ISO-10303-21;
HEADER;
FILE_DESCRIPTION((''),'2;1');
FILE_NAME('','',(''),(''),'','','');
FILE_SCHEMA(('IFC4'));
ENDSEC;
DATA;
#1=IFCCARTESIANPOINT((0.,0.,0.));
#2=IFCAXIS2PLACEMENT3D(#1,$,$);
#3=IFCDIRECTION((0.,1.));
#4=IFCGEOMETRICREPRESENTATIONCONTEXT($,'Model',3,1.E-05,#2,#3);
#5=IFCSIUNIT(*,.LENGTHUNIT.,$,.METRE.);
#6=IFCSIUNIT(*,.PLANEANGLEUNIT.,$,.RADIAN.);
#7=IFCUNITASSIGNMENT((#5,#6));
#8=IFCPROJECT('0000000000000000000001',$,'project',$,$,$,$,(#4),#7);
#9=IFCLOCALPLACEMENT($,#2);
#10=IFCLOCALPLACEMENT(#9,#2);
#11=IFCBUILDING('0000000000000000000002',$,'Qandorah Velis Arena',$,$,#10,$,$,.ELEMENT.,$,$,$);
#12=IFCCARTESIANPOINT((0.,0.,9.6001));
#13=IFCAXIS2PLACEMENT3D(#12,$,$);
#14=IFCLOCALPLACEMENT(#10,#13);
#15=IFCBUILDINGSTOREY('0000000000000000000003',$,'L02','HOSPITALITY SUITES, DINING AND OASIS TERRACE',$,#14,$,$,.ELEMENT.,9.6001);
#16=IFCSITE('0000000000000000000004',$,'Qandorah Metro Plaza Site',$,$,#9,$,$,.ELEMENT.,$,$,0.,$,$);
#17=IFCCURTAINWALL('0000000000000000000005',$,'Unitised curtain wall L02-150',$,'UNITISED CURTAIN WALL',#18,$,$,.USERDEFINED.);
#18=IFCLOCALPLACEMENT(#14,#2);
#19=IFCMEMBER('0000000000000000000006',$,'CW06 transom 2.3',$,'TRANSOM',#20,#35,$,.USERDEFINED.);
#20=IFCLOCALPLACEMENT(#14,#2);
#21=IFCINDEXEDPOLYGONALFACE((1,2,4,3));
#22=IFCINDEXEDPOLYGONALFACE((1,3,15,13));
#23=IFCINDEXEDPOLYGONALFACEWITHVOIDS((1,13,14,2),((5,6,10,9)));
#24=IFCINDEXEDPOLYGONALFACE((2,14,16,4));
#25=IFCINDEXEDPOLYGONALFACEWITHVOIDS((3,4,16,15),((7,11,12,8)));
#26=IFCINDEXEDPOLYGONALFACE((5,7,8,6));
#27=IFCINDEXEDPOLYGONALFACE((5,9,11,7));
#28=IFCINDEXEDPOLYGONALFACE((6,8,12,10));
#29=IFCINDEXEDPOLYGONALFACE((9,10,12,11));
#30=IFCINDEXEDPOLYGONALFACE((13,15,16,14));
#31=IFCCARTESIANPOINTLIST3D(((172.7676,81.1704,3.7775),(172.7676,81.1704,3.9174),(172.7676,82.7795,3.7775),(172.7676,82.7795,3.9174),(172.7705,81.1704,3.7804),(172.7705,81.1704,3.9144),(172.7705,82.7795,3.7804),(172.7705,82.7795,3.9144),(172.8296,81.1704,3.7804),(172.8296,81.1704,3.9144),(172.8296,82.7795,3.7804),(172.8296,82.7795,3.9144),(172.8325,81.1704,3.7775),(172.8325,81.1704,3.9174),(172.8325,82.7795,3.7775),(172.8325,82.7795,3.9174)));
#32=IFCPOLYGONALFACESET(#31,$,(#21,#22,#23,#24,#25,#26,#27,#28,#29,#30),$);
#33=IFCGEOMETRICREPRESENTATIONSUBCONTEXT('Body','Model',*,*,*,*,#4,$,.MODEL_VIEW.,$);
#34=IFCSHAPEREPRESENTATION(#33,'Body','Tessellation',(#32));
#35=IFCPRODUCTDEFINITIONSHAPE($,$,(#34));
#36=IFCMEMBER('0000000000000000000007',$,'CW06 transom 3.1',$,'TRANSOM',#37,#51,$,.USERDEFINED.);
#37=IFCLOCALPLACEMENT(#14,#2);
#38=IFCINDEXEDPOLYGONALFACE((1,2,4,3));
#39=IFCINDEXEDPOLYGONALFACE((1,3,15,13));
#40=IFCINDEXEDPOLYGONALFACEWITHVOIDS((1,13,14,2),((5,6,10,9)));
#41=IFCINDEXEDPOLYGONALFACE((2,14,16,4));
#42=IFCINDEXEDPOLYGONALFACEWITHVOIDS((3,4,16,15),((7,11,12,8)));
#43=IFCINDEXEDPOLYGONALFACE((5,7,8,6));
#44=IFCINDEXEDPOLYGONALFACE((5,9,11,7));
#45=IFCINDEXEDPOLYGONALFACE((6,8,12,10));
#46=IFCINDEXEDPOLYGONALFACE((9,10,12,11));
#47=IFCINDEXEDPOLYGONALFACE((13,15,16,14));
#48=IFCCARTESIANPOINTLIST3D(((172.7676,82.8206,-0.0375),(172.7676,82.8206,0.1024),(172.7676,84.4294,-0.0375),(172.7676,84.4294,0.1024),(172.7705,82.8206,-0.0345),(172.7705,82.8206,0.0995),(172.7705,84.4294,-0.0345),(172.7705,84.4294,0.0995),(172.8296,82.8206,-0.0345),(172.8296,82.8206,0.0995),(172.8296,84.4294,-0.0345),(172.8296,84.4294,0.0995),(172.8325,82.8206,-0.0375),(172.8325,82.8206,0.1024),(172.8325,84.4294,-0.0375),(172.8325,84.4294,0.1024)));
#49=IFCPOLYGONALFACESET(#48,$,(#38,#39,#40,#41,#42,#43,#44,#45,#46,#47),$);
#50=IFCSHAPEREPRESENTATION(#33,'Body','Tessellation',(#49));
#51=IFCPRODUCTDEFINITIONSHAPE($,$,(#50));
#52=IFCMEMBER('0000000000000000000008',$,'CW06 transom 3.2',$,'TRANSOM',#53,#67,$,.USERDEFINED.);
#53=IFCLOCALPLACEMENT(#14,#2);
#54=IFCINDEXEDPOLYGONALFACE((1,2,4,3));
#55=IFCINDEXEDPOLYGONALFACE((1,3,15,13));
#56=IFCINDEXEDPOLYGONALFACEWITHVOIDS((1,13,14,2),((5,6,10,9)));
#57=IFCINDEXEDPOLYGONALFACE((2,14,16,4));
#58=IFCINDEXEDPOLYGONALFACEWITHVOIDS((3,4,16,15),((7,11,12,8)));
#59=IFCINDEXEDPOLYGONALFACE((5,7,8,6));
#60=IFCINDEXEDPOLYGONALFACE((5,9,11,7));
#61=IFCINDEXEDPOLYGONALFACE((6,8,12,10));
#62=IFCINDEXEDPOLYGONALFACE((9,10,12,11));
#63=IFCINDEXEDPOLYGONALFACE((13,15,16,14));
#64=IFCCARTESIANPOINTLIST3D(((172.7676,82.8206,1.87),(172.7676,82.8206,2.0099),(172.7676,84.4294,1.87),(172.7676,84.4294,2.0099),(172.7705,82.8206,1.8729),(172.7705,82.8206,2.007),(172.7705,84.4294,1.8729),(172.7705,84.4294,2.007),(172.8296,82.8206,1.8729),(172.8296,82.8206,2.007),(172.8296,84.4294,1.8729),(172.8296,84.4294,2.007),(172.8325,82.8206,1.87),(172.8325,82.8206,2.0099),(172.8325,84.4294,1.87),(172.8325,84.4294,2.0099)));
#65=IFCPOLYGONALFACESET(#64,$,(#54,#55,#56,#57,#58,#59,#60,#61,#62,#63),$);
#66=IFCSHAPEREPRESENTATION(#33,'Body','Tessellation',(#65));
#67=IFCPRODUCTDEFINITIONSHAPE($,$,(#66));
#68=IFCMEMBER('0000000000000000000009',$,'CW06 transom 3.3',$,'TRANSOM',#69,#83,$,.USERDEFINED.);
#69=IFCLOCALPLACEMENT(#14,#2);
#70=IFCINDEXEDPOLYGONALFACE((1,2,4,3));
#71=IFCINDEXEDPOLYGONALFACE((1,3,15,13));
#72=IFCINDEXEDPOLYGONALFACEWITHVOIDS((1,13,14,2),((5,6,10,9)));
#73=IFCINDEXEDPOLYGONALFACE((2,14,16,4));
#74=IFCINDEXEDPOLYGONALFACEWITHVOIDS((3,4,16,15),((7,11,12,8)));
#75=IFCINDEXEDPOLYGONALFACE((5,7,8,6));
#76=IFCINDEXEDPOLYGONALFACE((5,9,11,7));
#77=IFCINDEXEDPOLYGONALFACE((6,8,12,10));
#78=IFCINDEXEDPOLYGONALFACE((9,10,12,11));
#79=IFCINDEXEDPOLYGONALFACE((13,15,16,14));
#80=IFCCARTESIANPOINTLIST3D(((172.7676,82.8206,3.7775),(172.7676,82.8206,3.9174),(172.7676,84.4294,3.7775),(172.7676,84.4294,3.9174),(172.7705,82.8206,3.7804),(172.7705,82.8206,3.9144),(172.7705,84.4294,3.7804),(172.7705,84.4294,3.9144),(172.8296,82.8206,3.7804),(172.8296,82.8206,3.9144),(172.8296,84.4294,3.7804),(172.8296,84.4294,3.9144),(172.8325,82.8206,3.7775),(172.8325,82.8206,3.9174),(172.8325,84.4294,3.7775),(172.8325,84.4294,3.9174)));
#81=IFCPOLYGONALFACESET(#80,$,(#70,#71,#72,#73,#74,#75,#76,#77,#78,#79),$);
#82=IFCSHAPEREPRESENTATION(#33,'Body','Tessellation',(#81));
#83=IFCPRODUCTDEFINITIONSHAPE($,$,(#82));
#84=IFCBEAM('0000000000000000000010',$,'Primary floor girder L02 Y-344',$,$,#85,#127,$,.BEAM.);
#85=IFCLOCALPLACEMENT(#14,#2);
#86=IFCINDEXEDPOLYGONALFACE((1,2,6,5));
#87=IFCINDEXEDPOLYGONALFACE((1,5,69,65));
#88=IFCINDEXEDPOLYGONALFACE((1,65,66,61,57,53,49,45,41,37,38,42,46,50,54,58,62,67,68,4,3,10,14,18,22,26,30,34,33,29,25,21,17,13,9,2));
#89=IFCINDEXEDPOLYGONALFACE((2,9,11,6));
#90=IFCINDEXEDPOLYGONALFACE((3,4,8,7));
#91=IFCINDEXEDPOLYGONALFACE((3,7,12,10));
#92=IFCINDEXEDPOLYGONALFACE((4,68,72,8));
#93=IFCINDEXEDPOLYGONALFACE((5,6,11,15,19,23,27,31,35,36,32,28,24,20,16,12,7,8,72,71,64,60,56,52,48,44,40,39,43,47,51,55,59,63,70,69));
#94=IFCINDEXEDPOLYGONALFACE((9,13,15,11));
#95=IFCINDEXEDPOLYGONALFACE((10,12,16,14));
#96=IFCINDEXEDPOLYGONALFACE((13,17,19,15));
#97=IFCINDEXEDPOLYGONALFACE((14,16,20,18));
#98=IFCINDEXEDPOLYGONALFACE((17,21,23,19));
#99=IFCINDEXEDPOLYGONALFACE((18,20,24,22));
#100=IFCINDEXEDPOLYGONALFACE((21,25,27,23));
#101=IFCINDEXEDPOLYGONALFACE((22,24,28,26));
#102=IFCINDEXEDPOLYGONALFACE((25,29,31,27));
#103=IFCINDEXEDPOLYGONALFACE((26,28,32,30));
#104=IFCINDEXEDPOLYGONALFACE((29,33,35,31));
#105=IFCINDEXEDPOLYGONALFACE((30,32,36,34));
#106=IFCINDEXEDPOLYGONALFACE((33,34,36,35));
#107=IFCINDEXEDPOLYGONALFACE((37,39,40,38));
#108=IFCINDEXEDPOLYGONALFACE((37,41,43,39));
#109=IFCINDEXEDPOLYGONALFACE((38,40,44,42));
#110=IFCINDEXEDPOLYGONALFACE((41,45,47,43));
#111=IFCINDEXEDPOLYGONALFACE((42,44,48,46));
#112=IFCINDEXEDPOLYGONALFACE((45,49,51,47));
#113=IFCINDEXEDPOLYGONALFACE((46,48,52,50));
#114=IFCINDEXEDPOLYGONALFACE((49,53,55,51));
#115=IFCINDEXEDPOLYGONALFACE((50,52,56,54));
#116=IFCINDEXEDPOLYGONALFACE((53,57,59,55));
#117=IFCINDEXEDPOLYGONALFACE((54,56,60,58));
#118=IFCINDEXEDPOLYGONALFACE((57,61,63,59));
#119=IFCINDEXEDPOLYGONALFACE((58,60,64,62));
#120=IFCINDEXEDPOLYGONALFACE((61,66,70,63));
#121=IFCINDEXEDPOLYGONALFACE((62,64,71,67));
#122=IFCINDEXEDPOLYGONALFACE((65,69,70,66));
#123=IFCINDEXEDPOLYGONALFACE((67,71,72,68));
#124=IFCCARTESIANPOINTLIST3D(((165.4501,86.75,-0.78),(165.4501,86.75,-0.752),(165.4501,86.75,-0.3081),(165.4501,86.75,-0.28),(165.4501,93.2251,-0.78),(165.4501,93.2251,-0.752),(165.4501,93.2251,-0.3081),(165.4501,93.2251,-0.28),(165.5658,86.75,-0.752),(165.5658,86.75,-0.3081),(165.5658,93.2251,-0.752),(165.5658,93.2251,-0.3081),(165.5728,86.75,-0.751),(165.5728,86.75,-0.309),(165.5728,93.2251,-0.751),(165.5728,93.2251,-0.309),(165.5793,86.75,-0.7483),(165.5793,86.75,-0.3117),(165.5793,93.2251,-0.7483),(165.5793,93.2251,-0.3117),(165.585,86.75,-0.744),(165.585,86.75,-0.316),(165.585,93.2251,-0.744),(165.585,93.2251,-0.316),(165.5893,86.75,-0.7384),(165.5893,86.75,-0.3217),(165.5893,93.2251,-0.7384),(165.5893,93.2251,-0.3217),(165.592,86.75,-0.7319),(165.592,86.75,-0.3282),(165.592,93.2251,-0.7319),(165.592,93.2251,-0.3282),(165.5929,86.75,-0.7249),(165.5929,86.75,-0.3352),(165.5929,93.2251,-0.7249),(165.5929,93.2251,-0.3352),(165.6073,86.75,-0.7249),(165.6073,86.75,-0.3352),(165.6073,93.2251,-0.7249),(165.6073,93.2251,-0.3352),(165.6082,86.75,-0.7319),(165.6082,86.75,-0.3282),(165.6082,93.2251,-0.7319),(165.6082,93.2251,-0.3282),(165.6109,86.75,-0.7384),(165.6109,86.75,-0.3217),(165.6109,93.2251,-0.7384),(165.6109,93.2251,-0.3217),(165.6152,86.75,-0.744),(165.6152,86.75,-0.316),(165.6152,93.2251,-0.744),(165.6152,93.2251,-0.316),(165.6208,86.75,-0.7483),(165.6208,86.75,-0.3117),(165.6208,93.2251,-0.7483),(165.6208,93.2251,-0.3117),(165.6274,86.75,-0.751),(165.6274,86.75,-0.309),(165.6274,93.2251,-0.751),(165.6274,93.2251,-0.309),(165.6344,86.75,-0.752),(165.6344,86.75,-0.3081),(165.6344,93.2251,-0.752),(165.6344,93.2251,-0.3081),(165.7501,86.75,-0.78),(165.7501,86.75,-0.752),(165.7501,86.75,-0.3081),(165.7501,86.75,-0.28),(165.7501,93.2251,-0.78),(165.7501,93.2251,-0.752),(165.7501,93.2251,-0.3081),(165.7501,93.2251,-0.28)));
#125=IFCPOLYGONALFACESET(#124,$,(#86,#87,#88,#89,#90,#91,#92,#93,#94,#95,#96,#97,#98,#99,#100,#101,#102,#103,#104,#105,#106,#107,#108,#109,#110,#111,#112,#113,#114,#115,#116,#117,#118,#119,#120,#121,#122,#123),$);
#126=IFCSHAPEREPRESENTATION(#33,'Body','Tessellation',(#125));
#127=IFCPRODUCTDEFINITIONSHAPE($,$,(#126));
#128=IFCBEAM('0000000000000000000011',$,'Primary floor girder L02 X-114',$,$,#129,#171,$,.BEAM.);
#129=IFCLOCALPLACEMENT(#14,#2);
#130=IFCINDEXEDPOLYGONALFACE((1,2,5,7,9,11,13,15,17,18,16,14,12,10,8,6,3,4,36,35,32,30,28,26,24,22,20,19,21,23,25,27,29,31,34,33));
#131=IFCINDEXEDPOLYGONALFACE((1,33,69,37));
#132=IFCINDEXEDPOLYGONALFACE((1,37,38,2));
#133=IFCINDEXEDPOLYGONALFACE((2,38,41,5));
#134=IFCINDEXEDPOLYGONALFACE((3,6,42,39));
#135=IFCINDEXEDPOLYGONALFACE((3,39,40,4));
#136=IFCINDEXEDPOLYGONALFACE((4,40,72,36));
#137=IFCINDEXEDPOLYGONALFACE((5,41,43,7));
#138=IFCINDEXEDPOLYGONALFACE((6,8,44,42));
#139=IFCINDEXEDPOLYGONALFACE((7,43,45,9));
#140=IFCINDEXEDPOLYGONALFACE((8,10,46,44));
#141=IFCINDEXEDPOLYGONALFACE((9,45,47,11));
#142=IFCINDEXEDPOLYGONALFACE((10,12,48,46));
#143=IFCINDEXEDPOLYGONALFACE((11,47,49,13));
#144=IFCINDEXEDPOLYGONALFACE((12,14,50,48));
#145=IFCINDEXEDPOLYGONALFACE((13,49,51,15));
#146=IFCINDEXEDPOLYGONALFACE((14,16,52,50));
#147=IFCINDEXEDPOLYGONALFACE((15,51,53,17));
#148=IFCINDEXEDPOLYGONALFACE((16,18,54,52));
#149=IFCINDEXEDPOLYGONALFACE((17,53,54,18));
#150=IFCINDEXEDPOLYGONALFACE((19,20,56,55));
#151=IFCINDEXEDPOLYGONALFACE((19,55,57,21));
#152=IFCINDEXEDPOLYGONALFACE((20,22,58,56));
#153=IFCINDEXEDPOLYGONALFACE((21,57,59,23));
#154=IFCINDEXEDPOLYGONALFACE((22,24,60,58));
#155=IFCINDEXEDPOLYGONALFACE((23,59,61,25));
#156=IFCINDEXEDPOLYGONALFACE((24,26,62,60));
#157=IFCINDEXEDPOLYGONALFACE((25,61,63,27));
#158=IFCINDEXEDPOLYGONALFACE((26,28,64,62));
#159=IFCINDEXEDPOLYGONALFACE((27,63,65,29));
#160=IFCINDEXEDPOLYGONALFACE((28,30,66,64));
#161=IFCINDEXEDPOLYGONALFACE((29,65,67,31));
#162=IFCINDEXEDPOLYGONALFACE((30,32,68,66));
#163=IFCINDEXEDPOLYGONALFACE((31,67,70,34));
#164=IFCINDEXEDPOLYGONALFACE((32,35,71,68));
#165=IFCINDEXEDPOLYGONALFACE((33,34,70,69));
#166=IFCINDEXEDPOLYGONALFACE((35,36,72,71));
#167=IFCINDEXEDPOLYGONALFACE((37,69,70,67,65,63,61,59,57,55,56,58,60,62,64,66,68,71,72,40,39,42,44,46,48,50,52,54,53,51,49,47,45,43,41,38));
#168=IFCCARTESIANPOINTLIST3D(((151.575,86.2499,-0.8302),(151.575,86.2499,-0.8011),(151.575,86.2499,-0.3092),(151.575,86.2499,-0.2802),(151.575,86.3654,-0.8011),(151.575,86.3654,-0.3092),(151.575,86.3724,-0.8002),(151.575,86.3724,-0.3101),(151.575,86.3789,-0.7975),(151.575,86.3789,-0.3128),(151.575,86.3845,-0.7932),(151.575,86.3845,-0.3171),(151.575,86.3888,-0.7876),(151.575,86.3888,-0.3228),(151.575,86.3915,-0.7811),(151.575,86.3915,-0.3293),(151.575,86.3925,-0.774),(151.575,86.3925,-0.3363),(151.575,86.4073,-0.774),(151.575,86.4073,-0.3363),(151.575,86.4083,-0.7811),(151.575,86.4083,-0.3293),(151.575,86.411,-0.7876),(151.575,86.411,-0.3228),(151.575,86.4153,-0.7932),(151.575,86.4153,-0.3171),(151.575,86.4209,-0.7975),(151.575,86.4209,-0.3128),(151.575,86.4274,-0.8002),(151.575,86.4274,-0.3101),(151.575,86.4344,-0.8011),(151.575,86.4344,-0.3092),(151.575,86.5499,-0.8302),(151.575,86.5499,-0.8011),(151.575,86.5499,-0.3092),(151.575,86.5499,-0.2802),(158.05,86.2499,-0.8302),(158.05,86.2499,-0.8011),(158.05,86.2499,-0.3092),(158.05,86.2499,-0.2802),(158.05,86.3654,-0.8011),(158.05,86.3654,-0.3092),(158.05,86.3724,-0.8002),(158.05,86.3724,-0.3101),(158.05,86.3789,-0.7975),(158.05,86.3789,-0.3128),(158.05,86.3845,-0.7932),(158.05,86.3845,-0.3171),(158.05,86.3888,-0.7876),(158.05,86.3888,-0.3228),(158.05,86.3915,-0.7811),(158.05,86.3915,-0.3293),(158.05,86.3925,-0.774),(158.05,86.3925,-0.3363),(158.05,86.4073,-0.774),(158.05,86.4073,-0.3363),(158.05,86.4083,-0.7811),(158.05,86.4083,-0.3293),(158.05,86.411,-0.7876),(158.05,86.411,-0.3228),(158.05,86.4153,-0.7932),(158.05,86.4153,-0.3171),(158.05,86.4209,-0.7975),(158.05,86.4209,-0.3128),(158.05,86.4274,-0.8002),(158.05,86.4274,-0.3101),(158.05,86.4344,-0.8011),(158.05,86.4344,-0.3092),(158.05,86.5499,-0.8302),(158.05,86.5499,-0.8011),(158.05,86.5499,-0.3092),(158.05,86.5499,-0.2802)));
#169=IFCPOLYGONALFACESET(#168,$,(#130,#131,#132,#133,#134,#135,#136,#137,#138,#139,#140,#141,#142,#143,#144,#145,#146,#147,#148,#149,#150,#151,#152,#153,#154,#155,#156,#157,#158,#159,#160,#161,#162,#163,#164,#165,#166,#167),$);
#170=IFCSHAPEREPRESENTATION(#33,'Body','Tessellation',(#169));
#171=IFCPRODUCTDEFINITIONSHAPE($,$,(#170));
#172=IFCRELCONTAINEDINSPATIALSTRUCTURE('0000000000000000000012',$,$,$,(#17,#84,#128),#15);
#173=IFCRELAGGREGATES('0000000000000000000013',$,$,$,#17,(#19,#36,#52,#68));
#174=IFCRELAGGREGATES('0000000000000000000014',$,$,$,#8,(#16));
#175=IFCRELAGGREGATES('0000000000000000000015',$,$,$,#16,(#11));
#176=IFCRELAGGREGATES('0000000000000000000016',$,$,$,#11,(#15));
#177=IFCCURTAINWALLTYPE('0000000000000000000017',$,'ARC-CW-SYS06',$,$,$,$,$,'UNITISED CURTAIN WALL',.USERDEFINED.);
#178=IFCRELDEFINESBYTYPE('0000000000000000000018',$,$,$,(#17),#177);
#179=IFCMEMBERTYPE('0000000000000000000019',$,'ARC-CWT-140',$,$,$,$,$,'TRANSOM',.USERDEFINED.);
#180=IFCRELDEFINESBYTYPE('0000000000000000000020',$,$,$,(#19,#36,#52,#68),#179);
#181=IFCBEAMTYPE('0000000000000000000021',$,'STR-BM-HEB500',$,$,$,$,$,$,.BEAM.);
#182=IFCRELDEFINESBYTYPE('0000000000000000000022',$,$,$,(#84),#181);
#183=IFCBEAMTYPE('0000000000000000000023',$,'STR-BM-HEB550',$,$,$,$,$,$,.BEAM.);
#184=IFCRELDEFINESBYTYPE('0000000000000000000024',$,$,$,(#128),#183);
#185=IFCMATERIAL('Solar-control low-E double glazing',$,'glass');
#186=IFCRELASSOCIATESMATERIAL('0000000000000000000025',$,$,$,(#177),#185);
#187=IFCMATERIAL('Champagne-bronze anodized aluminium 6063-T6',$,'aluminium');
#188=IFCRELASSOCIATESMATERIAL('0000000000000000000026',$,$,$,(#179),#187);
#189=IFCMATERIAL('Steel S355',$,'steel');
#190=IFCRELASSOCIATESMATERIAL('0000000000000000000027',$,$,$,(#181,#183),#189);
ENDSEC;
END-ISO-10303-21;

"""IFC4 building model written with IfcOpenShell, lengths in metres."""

from ifc_helpers import new_model, si_unit, direction, frame, origin, origin_2d, place, context, subcontext, project, spatial, hollow_rectangle, i_section, extrude, material, material_profile, profile_set, type_object, element, aggregate, save


model = new_model("IFC4")

# Units and contexts
model_context = context("Model", 3, precision=1e-05, world=origin(), true_north=direction((0.0, 1.0)))
body_context = subcontext(model_context, "Body", "Model", "MODEL_VIEW")
ifc_project = project(units=[si_unit("LENGTHUNIT", "METRE"), si_unit("PLANEANGLEUNIT", "RADIAN")], contexts=[model_context])

# Site, building, storey
site_placement = place(None, origin())
site = spatial("IfcSite", under=ifc_project, at=site_placement, Name="Qandorah Metro Plaza Site", CompositionType="ELEMENT", RefElevation=0.0)
building_placement = place(site_placement, origin())
building = spatial("IfcBuilding", under=site, at=building_placement, Name="Qandorah Velis Arena", CompositionType="ELEMENT")
storey_placement = place(building_placement, frame((0.0, 0.0, 9.6001)))
storey = spatial("IfcBuildingStorey", under=building, at=storey_placement, Name="L02", Description="HOSPITALITY SUITES, DINING AND OASIS TERRACE", CompositionType="ELEMENT", Elevation=9.6001)

# Shared definitions
ifc_material_1 = material(Name="Solar-control low-E double glazing", Category="glass")
ifc_material_2 = material(Name="Champagne-bronze anodized aluminium 6063-T6", Category="aluminium")

# Curtain wall
curtain_wall_type_1 = type_object("IfcCurtainWallType", Name="ARC-CW-SYS06", ElementType="UNITISED CURTAIN WALL", PredefinedType="USERDEFINED", material=ifc_material_1)
curtain_wall_1_placement = place(storey_placement, origin())
curtain_wall_1 = element("IfcCurtainWall", 1, at=curtain_wall_1_placement, inside=storey, type_object=curtain_wall_type_1, Name="Unitised curtain wall L02-150", ObjectType="UNITISED CURTAIN WALL", PredefinedType="USERDEFINED")

# Members
ifc_material_profile_1 = material_profile(ifc_material_2, hollow_rectangle(XDim=0.0649, YDim=0.1399, WallThickness=0.0029, at=origin_2d()), Name="ALU TRANSOM 65x140")
ifc_profile_set_1 = profile_set([ifc_material_profile_1], Name="Champagne-bronze anodized aluminium 6063-T6")
member_type_1 = type_object("IfcMemberType", Name="ARC-CWT-140", ElementType="TRANSOM", PredefinedType="USERDEFINED", material=ifc_profile_set_1)
member_1_placement = place(storey_placement, frame((172.8, 81.1704, 3.8474), z_axis=(0.0, 1.0, 0.0), x_axis=(-1.0, 0.0, 0.0)))
member_1 = element("IfcMember", 2, at=member_1_placement, type_object=member_type_1, Name="CW06 transom 2.3", ObjectType="TRANSOM", PredefinedType="USERDEFINED", context=body_context, shape_type="SweptSolid", body=[
    extrude(hollow_rectangle(XDim=0.0649, YDim=0.1399, WallThickness=0.0029, at=origin_2d()), origin(), (0.0, 0.0, 1.0), 1.6091),
])
member_2_placement = place(storey_placement, frame((172.8, 82.8206, 0.0325), z_axis=(0.0, 1.0, 0.0), x_axis=(-1.0, 0.0, 0.0)))
member_2 = element("IfcMember", 3, at=member_2_placement, type_object=member_type_1, Name="CW06 transom 3.1", ObjectType="TRANSOM", PredefinedType="USERDEFINED", context=body_context, shape_type="SweptSolid", body=[
    extrude(hollow_rectangle(XDim=0.0649, YDim=0.1399, WallThickness=0.0029, at=origin_2d()), origin(), (0.0, 0.0, 1.0), 1.6089),
])
member_3_placement = place(storey_placement, frame((172.8, 82.8206, 1.9399), z_axis=(0.0, 1.0, 0.0), x_axis=(-1.0, 0.0, 0.0)))
member_3 = element("IfcMember", 4, at=member_3_placement, type_object=member_type_1, Name="CW06 transom 3.2", ObjectType="TRANSOM", PredefinedType="USERDEFINED", context=body_context, shape_type="SweptSolid", body=[
    extrude(hollow_rectangle(XDim=0.0649, YDim=0.1399, WallThickness=0.0029, at=origin_2d()), origin(), (0.0, 0.0, 1.0), 1.6089),
])
member_4_placement = place(storey_placement, frame((172.8, 82.8206, 3.8474), z_axis=(0.0, 1.0, 0.0), x_axis=(-1.0, 0.0, 0.0)))
member_4 = element("IfcMember", 5, at=member_4_placement, type_object=member_type_1, Name="CW06 transom 3.3", ObjectType="TRANSOM", PredefinedType="USERDEFINED", context=body_context, shape_type="SweptSolid", body=[
    extrude(hollow_rectangle(XDim=0.0649, YDim=0.1399, WallThickness=0.0029, at=origin_2d()), origin(), (0.0, 0.0, 1.0), 1.6089),
])

# Beams
ifc_material_3 = material(Name="Steel S355", Category="steel")
ifc_material_profile_2 = material_profile(ifc_material_3, i_section(OverallWidth=0.3, OverallDepth=0.5, WebThickness=0.0144, FlangeThickness=0.0281, FilletRadius=0.0271, at=origin_2d()), Name="HEB 500")
ifc_profile_set_2 = profile_set([ifc_material_profile_2], Name="Steel S355")
beam_type_1 = type_object("IfcBeamType", Name="STR-BM-HEB500", PredefinedType="BEAM", material=ifc_profile_set_2)
beam_1_placement = place(storey_placement, frame((165.6001, 86.75, -0.53), z_axis=(0.0, 1.0, 0.0), x_axis=(-1.0, 0.0, 0.0)))
element("IfcBeam", 6, at=beam_1_placement, inside=storey, type_object=beam_type_1, Name="Primary floor girder L02 Y-344", PredefinedType="BEAM", context=body_context, shape_type="SweptSolid", body=[
    extrude(i_section(OverallWidth=0.3, OverallDepth=0.5, WebThickness=0.0144, FlangeThickness=0.0281, FilletRadius=0.0271, at=origin_2d()), origin(), (0.0, 0.0, 1.0), 6.4751),
])
ifc_material_profile_3 = material_profile(ifc_material_3, i_section(OverallWidth=0.3, OverallDepth=0.55, WebThickness=0.0149, FlangeThickness=0.0291, FilletRadius=0.0271, at=origin_2d()), Name="HEB 550")
ifc_profile_set_3 = profile_set([ifc_material_profile_3], Name="Steel S355")
beam_type_2 = type_object("IfcBeamType", Name="STR-BM-HEB550", PredefinedType="BEAM", material=ifc_profile_set_3)
beam_2_placement = place(storey_placement, frame((151.575, 86.3999, -0.5552), z_axis=(1.0, 0.0, 0.0), x_axis=(0.0, 1.0, 0.0)))
element("IfcBeam", 7, at=beam_2_placement, inside=storey, type_object=beam_type_2, Name="Primary floor girder L02 X-114", PredefinedType="BEAM", context=body_context, shape_type="SweptSolid", body=[
    extrude(i_section(OverallWidth=0.3, OverallDepth=0.55, WebThickness=0.0149, FlangeThickness=0.0291, FilletRadius=0.0271, at=origin_2d()), origin(), (0.0, 0.0, 1.0), 6.4751),
])

aggregate(curtain_wall_1, [member_1, member_2, member_3, member_4])

save(model, "model.ifc")
